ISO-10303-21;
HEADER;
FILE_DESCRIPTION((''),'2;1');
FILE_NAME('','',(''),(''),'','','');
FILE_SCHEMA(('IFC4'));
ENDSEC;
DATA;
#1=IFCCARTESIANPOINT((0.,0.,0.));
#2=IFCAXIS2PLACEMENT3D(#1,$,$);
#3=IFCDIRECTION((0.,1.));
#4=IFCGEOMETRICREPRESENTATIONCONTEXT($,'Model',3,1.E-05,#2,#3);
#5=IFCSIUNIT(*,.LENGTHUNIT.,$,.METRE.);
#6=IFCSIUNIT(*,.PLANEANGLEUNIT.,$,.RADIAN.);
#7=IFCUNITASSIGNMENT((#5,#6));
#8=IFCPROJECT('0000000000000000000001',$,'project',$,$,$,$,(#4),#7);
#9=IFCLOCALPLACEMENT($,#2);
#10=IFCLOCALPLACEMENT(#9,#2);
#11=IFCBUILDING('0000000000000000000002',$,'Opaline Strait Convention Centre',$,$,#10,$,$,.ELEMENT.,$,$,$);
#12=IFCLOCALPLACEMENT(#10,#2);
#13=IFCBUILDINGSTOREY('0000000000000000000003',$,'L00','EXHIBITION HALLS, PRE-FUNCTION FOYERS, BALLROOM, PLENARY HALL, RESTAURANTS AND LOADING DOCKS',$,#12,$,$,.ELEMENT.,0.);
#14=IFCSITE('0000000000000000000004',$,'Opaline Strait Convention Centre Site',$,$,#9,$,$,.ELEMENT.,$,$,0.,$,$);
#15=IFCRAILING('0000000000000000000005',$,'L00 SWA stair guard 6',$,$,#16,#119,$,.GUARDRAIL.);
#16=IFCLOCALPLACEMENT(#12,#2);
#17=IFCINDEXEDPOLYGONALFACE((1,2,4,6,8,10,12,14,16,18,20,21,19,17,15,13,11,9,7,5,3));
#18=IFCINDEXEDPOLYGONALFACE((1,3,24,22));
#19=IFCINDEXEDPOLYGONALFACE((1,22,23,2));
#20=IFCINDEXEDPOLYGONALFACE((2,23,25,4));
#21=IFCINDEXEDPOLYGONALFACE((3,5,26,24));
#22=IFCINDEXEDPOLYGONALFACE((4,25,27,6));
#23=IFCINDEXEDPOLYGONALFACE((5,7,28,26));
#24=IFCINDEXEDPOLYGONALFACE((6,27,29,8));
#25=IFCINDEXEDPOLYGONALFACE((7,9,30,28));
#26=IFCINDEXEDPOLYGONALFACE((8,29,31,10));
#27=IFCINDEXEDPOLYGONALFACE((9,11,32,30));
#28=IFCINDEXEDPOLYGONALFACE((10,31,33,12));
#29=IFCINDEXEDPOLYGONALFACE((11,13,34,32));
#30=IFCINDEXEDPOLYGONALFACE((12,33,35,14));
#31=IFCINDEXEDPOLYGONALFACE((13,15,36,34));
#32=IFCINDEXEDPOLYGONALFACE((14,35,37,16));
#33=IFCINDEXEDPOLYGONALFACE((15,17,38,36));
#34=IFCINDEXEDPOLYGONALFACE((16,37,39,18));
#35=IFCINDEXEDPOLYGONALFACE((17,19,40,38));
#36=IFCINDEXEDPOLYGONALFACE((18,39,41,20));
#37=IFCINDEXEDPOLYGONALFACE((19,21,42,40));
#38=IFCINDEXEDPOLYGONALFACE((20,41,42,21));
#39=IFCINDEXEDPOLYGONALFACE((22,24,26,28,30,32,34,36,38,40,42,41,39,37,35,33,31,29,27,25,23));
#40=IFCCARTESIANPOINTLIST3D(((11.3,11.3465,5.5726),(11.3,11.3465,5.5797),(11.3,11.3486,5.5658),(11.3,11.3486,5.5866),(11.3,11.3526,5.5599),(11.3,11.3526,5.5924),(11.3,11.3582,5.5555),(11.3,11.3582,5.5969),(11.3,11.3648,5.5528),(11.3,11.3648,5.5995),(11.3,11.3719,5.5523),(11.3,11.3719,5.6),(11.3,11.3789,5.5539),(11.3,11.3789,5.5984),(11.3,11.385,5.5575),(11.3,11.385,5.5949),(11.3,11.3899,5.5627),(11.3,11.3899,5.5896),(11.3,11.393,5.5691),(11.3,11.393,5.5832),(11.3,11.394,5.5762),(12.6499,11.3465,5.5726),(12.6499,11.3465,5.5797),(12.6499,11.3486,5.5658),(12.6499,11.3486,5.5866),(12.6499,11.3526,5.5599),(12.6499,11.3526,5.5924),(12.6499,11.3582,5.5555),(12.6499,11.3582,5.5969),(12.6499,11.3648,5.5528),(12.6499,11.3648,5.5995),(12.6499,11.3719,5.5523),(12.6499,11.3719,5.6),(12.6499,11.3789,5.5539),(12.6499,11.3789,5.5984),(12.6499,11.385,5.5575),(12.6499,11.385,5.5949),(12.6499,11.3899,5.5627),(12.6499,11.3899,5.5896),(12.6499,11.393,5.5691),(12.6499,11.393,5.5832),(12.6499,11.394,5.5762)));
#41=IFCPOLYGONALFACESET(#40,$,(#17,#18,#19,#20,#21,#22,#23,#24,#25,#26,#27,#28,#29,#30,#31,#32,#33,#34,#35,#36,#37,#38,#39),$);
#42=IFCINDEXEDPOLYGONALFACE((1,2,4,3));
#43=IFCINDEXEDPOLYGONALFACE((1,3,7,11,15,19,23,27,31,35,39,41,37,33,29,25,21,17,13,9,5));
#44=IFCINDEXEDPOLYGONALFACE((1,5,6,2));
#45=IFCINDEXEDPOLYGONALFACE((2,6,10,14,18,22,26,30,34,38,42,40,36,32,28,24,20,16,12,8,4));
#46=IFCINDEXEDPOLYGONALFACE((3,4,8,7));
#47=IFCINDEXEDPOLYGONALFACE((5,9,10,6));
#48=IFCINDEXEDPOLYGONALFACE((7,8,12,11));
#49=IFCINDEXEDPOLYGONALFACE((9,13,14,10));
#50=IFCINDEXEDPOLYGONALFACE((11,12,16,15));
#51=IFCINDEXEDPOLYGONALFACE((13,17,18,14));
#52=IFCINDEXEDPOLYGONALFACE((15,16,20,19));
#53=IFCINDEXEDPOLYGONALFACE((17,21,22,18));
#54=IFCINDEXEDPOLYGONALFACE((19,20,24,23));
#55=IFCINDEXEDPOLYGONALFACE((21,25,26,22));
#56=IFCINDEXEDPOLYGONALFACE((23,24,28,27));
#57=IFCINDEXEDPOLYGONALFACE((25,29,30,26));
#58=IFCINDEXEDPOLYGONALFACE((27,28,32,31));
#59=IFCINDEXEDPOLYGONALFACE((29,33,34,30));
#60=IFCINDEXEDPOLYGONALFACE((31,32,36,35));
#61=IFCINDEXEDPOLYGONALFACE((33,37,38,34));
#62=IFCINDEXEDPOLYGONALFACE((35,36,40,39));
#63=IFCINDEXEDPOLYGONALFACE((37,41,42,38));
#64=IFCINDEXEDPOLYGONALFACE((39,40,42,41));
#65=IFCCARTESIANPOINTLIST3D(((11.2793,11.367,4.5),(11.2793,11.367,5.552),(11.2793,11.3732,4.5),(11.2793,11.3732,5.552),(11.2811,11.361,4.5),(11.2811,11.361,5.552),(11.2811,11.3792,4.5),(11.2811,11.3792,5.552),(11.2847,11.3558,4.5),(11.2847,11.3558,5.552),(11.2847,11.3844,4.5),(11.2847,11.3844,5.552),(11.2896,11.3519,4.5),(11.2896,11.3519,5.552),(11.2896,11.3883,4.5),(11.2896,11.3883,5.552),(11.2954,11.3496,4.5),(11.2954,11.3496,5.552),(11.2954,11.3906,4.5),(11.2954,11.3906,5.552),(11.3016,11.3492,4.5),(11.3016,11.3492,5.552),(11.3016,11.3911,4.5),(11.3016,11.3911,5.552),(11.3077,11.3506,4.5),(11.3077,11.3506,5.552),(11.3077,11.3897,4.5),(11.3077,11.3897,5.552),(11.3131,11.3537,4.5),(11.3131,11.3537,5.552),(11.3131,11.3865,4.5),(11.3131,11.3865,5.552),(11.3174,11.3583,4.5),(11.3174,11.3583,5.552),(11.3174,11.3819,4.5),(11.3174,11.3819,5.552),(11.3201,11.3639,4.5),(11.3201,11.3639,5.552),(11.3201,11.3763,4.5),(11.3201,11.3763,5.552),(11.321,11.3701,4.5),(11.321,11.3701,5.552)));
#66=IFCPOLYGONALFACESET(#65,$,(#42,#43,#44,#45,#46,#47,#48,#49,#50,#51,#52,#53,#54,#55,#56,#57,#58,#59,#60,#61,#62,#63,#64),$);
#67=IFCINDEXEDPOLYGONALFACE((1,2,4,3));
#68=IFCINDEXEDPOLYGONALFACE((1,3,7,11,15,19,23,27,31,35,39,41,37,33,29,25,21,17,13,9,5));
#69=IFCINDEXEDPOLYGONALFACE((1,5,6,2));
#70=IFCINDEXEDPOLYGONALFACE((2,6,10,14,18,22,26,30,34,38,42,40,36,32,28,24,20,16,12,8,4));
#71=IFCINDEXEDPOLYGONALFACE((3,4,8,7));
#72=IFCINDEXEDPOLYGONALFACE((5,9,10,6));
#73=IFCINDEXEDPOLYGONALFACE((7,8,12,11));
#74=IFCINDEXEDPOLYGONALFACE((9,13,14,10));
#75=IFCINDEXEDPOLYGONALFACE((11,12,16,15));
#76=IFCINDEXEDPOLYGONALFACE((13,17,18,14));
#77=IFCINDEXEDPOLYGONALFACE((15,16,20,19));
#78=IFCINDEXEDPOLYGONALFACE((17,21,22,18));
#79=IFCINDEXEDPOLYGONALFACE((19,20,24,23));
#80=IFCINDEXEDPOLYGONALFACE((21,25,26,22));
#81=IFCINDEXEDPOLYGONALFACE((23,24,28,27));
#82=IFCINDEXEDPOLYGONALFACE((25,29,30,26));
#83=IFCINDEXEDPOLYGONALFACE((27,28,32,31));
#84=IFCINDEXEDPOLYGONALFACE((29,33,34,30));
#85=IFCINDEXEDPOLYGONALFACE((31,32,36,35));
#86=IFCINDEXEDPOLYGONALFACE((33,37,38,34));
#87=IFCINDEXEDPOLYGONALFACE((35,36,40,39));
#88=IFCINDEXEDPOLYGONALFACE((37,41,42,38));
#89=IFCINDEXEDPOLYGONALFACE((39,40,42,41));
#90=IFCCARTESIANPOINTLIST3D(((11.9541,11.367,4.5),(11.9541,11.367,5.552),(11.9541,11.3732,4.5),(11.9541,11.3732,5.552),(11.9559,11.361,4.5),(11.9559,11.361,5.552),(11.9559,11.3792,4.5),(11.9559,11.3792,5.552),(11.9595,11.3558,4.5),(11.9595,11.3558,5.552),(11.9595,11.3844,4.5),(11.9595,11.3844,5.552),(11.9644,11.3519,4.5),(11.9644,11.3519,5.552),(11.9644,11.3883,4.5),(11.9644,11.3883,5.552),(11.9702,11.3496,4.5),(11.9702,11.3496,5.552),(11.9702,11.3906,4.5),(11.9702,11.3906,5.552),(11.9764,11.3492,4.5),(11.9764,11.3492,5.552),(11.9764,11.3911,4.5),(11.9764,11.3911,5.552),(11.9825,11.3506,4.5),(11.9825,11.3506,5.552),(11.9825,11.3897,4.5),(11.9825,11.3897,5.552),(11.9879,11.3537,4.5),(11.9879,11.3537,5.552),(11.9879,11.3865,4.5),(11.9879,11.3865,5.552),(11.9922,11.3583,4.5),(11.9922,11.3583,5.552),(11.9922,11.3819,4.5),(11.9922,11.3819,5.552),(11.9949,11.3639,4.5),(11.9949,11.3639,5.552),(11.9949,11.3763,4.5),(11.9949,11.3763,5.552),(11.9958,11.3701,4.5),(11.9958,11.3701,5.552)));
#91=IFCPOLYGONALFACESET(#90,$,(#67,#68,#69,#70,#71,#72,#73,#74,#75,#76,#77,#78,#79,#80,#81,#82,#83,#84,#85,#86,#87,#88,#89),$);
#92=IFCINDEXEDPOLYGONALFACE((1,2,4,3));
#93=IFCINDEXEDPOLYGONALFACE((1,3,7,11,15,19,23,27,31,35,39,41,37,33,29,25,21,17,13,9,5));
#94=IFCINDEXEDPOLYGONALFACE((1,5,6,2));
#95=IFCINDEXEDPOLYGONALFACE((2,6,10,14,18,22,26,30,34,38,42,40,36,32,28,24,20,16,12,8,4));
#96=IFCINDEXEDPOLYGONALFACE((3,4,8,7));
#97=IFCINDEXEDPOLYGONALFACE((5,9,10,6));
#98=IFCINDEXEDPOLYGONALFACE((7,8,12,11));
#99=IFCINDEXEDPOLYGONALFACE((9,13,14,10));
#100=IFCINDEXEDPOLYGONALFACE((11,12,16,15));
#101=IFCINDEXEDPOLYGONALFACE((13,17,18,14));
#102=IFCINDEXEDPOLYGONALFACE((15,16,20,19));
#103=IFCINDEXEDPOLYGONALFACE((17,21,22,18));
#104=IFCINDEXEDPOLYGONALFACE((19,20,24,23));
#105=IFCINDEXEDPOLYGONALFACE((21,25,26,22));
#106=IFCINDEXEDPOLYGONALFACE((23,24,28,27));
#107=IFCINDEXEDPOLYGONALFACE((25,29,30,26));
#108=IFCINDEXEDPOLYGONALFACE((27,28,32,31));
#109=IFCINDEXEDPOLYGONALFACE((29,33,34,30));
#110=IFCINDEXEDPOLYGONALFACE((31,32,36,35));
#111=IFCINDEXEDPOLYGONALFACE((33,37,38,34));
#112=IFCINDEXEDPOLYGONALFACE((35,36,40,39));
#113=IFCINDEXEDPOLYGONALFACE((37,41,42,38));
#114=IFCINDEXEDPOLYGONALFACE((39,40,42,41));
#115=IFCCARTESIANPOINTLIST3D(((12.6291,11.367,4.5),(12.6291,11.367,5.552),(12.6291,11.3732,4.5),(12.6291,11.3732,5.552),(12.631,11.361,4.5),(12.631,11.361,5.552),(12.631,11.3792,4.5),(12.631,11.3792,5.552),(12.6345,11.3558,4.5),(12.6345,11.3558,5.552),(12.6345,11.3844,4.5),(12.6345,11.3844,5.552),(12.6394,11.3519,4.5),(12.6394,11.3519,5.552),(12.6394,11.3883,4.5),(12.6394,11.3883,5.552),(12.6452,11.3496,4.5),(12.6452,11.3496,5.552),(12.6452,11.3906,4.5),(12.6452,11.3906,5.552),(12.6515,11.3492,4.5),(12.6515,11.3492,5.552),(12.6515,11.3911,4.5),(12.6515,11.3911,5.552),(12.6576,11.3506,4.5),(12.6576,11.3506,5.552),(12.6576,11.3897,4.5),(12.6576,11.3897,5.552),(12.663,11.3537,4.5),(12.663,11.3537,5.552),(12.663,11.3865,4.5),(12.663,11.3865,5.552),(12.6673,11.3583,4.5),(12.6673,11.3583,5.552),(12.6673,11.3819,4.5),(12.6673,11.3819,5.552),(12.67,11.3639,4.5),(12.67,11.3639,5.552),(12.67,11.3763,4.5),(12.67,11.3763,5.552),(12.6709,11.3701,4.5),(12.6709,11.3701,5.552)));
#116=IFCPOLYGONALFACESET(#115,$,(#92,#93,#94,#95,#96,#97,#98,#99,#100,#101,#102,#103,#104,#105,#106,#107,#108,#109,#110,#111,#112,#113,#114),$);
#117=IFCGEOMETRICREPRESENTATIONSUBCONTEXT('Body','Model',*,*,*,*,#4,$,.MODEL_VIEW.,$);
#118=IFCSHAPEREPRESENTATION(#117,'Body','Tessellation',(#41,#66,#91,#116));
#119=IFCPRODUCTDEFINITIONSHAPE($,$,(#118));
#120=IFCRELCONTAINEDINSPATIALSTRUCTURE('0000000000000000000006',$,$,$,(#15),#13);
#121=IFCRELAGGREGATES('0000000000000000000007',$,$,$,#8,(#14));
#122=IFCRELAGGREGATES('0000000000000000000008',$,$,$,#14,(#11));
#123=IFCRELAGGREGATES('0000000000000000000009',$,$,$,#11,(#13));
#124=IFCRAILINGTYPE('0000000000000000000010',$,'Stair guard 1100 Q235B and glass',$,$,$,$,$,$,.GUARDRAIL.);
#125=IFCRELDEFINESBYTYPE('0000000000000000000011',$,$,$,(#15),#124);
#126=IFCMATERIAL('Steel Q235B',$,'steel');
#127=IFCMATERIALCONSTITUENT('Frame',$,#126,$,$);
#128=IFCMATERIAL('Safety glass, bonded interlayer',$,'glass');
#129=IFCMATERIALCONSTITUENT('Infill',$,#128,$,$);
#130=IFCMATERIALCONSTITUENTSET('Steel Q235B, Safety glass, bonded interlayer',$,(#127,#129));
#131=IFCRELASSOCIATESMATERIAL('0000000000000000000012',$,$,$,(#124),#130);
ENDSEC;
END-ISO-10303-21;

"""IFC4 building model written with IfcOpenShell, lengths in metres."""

from ifc_helpers import new_model, si_unit, direction, frame, origin, origin_2d, place, context, subcontext, project, spatial, circle, extrude, material, constituent, constituent_set, type_object, element, save


model = new_model("IFC4")

# Units and contexts
model_context = context("Model", 3, precision=1e-05, world=origin(), true_north=direction((0.0, 1.0)))
body_context = subcontext(model_context, "Body", "Model", "MODEL_VIEW")
ifc_project = project(units=[si_unit("LENGTHUNIT", "METRE"), si_unit("PLANEANGLEUNIT", "RADIAN")], contexts=[model_context])

# Site, building, storey
site_placement = place(None, origin())
site = spatial("IfcSite", under=ifc_project, at=site_placement, Name="Opaline Strait Convention Centre Site", CompositionType="ELEMENT", RefElevation=0.0)
building_placement = place(site_placement, origin())
building = spatial("IfcBuilding", under=site, at=building_placement, Name="Opaline Strait Convention Centre", CompositionType="ELEMENT")
storey_placement = place(building_placement, origin())
storey = spatial("IfcBuildingStorey", under=building, at=storey_placement, Name="L00", Description="EXHIBITION HALLS, PRE-FUNCTION FOYERS, BALLROOM, PLENARY HALL, RESTAURANTS AND LOADING DOCKS", CompositionType="ELEMENT", Elevation=0.0)

# Railing
ifc_material_1 = material(Name="Steel Q235B", Category="steel")
ifc_constituent_1 = constituent(ifc_material_1, Name="Frame")
ifc_material_2 = material(Name="Safety glass, bonded interlayer", Category="glass")
ifc_constituent_2 = constituent(ifc_material_2, Name="Infill")
ifc_constituent_set = constituent_set(constituents=[ifc_constituent_1, ifc_constituent_2], Name="Steel Q235B, Safety glass, bonded interlayer")
railing_type_1 = type_object("IfcRailingType", Name="Stair guard 1100 Q235B and glass", PredefinedType="GUARDRAIL", material=ifc_constituent_set)
railing_1_placement = place(storey_placement, frame((11.3, 11.3701, 4.5)))
element("IfcRailing", 1, at=railing_1_placement, inside=storey, type_object=railing_type_1, Name="L00 SWA stair guard 6", PredefinedType="GUARDRAIL", context=body_context, shape_type="SweptSolid", body=[
    extrude(circle(Radius=0.0239, at=origin_2d()), frame((0.0, 0.0, 1.0762), z_axis=(1.0, 0.0, 0.0), x_axis=(0.0, 1.0, 0.0)), (0.0, 0.0, 1.0), 1.3499),
    extrude(circle(Radius=0.021, at=origin_2d()), origin(), (0.0, 0.0, 1.0), 1.052),
    extrude(circle(Radius=0.021, at=origin_2d()), frame((0.6748, 0.0, 0.0)), (0.0, 0.0, 1.0), 1.052),
    extrude(circle(Radius=0.021, at=origin_2d()), frame((1.3499, 0.0, 0.0)), (0.0, 0.0, 1.0), 1.052),
])

save(model, "model.ifc")
